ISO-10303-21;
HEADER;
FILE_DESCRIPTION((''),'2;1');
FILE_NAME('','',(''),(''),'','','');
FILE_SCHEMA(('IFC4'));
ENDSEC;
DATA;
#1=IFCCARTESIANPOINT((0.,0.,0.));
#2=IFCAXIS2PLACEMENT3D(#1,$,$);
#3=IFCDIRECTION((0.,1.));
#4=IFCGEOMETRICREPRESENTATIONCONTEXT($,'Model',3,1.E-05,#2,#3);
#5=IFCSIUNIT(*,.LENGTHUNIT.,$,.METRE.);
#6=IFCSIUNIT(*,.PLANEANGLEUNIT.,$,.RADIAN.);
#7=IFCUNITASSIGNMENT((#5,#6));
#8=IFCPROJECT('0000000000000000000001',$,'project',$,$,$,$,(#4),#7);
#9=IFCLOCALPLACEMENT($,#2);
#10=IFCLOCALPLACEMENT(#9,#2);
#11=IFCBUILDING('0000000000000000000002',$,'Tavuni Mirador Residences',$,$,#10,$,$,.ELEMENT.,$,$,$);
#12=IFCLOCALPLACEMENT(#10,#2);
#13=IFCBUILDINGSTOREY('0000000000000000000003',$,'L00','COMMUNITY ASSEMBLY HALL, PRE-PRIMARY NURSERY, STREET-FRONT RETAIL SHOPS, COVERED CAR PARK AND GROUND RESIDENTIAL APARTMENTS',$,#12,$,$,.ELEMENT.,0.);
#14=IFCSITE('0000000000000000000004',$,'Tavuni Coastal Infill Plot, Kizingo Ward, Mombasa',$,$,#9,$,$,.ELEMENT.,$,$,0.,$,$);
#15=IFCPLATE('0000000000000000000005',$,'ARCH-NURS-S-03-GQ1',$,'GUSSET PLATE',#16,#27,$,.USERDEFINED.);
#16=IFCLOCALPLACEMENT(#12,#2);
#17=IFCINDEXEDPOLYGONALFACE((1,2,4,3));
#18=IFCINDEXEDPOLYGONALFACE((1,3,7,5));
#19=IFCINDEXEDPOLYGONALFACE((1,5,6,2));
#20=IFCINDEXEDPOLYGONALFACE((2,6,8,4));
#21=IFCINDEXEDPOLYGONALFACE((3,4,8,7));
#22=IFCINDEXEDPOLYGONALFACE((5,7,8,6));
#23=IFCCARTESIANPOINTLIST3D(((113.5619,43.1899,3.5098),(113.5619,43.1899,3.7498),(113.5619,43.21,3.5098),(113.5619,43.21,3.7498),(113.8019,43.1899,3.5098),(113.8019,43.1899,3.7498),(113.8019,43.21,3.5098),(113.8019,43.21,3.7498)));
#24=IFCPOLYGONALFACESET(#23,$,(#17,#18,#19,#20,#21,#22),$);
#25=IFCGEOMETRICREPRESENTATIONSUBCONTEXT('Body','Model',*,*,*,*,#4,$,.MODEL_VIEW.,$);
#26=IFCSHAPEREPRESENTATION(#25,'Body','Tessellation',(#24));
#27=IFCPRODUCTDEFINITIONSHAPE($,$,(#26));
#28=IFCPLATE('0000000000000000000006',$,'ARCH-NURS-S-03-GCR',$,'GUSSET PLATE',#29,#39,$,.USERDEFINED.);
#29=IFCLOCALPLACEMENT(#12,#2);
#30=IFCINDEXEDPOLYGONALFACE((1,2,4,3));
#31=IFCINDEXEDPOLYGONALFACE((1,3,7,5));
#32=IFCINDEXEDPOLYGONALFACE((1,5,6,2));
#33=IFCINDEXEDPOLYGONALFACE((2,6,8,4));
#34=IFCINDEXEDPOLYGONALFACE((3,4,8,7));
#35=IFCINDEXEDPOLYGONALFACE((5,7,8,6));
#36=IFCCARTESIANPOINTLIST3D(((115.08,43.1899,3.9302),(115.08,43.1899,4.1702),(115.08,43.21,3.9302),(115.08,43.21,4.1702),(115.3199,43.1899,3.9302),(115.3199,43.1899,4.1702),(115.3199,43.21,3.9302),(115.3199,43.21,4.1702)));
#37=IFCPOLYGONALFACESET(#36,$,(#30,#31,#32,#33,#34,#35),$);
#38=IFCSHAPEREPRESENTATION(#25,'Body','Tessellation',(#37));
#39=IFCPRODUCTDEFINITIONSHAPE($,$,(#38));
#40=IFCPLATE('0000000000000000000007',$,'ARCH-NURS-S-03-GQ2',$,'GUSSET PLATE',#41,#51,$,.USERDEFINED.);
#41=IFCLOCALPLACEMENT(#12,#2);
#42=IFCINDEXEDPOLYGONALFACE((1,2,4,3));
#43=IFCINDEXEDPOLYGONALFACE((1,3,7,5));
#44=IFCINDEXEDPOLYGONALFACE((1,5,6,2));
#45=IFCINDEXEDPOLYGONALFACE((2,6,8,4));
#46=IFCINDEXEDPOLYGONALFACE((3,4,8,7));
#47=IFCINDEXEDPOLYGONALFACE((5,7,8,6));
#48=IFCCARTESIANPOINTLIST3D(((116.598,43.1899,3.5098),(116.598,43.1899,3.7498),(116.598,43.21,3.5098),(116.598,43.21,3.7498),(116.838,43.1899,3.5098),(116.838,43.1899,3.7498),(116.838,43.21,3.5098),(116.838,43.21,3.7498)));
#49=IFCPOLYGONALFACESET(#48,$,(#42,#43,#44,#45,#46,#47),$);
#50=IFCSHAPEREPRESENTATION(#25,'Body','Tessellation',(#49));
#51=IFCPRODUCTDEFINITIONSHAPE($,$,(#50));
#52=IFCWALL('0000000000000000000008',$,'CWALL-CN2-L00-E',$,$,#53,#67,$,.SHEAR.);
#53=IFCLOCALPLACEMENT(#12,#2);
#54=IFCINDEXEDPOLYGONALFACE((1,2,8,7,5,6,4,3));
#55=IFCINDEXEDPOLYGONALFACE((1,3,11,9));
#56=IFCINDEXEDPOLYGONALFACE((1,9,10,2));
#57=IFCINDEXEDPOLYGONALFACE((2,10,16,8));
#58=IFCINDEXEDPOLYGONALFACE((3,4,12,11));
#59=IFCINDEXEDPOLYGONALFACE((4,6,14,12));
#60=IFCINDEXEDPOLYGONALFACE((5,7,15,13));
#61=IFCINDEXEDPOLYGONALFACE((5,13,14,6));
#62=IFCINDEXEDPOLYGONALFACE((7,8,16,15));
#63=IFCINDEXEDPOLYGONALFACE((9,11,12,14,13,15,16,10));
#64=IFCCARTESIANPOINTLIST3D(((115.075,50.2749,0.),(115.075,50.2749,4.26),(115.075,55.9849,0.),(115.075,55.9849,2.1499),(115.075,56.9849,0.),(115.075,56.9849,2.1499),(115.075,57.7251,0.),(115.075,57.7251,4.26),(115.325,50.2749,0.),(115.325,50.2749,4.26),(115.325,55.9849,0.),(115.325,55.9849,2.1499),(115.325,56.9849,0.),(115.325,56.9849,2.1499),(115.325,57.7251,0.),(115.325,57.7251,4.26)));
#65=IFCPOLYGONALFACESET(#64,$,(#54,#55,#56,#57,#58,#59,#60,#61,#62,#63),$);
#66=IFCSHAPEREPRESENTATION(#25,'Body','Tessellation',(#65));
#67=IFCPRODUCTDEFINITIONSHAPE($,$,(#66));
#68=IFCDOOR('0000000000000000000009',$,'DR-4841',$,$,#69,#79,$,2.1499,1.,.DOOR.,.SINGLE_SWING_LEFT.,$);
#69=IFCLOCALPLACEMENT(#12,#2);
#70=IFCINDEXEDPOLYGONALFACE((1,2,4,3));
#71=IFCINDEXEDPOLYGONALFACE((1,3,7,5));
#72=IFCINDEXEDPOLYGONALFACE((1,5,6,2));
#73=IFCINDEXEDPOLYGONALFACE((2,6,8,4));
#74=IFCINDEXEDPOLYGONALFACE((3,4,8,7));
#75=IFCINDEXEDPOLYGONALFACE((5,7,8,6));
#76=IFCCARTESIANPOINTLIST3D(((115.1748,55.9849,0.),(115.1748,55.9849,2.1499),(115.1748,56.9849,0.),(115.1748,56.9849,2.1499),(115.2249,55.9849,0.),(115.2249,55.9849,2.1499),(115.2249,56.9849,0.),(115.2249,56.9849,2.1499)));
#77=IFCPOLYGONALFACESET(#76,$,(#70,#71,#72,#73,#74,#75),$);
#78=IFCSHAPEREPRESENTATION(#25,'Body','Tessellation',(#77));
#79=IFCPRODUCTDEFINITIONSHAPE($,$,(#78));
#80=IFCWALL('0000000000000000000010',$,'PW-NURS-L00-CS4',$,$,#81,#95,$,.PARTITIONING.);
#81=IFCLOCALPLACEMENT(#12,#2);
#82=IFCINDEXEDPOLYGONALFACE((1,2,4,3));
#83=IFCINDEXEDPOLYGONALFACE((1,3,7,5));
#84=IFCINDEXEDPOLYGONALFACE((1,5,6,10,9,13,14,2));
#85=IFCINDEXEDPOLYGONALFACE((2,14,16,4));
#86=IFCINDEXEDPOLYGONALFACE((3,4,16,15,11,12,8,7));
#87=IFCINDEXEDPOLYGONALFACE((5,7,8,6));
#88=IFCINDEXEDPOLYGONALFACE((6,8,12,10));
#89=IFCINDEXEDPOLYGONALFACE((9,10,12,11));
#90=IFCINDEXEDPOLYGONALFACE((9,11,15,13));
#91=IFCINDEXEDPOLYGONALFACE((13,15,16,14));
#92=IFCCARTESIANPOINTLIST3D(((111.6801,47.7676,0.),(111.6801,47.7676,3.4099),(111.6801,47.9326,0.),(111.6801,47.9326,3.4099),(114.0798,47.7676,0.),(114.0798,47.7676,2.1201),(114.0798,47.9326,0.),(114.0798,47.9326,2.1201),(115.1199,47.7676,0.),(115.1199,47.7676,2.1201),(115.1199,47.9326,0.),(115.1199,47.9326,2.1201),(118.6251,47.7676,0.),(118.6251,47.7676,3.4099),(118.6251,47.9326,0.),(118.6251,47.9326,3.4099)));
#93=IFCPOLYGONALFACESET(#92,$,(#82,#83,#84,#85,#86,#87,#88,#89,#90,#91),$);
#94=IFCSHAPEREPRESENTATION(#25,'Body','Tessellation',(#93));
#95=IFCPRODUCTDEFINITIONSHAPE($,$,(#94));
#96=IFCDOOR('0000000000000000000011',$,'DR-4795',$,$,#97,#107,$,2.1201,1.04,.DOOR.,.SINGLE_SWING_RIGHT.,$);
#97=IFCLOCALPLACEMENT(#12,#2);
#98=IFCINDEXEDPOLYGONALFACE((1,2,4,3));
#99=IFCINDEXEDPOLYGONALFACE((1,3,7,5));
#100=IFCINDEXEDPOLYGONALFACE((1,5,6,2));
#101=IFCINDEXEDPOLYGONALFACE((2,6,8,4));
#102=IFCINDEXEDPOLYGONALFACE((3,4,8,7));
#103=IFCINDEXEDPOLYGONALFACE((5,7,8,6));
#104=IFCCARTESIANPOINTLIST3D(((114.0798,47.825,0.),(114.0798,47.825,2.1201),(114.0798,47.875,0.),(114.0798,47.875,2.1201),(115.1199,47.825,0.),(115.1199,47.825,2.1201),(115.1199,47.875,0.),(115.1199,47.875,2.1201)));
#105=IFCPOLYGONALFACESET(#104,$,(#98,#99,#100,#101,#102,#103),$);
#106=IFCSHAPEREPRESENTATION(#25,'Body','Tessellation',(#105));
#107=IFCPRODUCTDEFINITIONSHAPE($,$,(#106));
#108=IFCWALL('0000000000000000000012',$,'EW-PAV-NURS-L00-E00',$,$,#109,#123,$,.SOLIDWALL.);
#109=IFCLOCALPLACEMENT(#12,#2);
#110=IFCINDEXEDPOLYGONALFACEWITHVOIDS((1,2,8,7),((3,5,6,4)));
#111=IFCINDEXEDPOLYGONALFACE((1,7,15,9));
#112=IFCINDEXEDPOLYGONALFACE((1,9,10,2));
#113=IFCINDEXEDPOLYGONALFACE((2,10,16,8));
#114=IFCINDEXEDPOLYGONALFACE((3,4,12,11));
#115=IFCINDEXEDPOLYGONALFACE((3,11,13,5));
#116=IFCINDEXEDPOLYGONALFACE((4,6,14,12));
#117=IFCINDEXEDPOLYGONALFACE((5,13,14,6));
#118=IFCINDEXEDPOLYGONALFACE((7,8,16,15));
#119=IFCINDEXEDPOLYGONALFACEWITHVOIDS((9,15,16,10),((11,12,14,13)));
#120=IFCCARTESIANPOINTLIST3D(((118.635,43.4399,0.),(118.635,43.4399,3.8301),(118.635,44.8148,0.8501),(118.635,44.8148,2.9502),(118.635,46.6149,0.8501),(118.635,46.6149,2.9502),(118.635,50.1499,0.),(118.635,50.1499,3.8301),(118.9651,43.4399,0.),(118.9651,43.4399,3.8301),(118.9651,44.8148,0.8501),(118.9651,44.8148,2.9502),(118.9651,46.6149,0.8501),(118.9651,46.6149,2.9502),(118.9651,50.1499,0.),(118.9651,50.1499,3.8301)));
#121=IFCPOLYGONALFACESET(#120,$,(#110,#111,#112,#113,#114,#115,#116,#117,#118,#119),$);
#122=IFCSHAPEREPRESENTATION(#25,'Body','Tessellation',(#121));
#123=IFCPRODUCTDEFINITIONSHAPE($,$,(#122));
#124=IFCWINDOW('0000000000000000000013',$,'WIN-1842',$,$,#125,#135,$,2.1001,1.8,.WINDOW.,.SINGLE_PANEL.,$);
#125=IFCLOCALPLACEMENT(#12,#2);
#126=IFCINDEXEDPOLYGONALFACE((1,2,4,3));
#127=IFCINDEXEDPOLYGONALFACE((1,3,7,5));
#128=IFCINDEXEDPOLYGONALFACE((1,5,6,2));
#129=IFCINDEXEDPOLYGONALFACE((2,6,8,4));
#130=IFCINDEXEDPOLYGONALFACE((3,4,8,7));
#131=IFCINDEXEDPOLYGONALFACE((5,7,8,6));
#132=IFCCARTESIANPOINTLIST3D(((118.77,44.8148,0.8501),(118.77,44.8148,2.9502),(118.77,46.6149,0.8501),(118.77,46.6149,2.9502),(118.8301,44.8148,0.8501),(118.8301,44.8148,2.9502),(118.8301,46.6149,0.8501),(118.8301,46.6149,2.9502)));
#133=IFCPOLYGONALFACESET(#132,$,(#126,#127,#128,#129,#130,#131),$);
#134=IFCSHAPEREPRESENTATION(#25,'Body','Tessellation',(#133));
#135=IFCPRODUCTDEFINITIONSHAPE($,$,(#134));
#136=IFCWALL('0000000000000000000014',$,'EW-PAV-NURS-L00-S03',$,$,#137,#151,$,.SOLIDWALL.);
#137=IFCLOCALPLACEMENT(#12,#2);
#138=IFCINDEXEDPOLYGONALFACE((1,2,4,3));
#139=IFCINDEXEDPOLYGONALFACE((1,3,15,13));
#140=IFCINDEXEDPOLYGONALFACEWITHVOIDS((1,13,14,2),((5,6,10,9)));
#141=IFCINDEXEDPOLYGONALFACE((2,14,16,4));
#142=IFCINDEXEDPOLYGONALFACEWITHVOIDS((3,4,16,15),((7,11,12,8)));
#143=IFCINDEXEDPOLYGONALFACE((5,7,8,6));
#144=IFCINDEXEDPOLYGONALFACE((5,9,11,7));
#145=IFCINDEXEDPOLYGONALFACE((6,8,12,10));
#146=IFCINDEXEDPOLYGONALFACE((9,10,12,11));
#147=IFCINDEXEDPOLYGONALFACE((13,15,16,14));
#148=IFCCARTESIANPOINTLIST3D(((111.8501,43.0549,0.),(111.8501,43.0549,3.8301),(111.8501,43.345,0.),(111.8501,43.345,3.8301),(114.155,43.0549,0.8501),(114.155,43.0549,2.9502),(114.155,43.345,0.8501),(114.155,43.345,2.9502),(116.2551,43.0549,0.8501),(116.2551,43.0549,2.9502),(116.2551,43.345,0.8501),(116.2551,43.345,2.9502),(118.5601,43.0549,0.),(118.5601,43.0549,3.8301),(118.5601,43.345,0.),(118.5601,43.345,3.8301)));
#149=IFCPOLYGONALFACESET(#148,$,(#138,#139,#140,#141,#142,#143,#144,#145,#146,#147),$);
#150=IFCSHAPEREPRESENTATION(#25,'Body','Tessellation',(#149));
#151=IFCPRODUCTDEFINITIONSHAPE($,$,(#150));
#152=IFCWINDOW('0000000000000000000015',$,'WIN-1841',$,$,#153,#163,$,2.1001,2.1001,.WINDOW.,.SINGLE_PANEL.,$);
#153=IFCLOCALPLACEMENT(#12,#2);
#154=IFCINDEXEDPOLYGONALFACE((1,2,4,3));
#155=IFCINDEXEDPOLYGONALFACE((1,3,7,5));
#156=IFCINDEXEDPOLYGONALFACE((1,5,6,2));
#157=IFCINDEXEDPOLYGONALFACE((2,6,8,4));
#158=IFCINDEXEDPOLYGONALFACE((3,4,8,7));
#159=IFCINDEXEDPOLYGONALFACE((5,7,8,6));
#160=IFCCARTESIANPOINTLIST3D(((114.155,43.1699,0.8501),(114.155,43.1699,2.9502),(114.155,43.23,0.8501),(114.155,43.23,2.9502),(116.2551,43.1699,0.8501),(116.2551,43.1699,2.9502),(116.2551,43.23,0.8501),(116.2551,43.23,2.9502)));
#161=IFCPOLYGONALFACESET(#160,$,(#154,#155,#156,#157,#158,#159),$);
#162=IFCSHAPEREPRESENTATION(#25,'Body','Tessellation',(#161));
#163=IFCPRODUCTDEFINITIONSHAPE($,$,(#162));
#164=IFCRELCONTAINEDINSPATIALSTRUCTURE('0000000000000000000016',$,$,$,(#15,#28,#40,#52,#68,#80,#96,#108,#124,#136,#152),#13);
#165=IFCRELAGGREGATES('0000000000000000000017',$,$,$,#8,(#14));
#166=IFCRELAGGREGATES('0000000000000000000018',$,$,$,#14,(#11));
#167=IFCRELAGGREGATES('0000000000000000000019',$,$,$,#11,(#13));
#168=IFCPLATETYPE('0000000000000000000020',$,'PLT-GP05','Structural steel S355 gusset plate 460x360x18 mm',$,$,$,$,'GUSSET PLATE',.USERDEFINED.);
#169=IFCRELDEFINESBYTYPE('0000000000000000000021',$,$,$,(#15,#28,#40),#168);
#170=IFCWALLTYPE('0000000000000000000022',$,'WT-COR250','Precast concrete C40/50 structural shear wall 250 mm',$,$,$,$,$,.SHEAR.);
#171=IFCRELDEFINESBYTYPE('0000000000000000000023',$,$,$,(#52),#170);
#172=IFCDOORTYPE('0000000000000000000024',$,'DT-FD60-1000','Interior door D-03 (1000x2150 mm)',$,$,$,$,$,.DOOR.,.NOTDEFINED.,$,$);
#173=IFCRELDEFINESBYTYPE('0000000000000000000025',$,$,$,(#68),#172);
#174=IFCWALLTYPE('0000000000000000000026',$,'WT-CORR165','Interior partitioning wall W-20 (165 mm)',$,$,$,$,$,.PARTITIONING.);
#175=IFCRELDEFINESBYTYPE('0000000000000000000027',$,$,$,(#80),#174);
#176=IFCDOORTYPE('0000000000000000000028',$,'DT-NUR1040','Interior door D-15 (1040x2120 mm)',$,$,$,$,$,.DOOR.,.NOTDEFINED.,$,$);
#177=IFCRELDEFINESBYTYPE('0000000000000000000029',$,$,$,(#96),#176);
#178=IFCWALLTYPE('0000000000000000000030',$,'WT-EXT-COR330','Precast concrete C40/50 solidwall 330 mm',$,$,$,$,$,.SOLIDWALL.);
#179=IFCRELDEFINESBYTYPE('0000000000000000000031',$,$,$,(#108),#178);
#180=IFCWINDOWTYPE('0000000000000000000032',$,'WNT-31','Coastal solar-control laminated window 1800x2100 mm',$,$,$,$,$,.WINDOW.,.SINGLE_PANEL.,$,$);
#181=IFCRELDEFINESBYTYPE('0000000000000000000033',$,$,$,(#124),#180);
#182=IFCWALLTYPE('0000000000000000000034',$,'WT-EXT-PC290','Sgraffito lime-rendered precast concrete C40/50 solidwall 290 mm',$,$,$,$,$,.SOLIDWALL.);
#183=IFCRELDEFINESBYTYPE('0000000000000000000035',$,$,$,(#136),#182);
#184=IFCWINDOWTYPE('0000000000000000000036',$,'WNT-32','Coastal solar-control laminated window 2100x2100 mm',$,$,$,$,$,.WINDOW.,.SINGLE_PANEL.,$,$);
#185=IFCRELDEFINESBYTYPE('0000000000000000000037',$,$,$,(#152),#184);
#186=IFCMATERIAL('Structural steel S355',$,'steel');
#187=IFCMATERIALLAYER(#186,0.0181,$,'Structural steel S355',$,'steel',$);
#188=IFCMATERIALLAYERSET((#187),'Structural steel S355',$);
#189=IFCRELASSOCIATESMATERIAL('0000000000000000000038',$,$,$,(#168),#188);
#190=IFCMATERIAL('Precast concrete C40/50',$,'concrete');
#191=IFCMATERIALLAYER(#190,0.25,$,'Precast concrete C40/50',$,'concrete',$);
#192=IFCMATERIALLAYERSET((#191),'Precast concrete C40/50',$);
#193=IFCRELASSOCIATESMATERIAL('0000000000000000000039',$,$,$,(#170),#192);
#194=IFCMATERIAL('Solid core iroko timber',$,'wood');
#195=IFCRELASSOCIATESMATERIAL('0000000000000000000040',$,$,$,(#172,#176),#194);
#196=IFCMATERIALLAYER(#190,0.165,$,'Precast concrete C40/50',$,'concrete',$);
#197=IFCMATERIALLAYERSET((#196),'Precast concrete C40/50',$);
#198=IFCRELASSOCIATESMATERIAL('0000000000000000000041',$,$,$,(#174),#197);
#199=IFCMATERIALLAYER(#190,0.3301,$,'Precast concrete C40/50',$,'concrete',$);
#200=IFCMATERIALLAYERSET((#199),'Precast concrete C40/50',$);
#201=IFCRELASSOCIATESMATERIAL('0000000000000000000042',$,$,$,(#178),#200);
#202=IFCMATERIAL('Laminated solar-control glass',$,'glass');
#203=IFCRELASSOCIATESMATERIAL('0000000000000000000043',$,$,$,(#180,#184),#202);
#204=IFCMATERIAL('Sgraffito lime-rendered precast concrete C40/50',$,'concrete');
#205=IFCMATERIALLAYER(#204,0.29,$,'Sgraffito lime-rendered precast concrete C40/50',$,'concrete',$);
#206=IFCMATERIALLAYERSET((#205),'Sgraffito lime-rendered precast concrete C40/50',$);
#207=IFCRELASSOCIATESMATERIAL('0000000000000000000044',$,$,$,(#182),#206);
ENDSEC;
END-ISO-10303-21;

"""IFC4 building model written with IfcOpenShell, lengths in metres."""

from ifc_helpers import new_model, si_unit, direction, frame, frame_2d, origin, origin_2d, place, context, subcontext, project, spatial, rectangle, extrude, material, layer, layer_set, type_object, element, fill, save


model = new_model("IFC4")

# Units and contexts
model_context = context("Model", 3, precision=1e-05, world=origin(), true_north=direction((0.0, 1.0)))
body_context = subcontext(model_context, "Body", "Model", "MODEL_VIEW")
ifc_project = project(units=[si_unit("LENGTHUNIT", "METRE"), si_unit("PLANEANGLEUNIT", "RADIAN")], contexts=[model_context])

# Site, building, storey
site_placement = place(None, origin())
site = spatial("IfcSite", under=ifc_project, at=site_placement, Name="Tavuni Coastal Infill Plot, Kizingo Ward, Mombasa", CompositionType="ELEMENT", RefElevation=0.0)
building_placement = place(site_placement, origin())
building = spatial("IfcBuilding", under=site, at=building_placement, Name="Tavuni Mirador Residences", CompositionType="ELEMENT")
storey_placement = place(building_placement, origin())
storey = spatial("IfcBuildingStorey", under=building, at=storey_placement, Name="L00", Description="COMMUNITY ASSEMBLY HALL, PRE-PRIMARY NURSERY, STREET-FRONT RETAIL SHOPS, COVERED CAR PARK AND GROUND RESIDENTIAL APARTMENTS", CompositionType="ELEMENT", Elevation=0.0)

# Shared definitions
ifc_material_1 = material(Name="Precast concrete C40/50", Category="concrete")

# Shared definitions
ifc_material_2 = material(Name="Structural steel S355", Category="steel")

# Plates
ifc_layer_1 = layer(ifc_material_2, 0.0181, Name="Structural steel S355", Category="steel")
ifc_layer_set_1 = layer_set([ifc_layer_1], Name="Structural steel S355")
plate_type = type_object("IfcPlateType", Name="PLT-GP05", Description="Structural steel S355 gusset plate 460x360x18 mm", ElementType="GUSSET PLATE", PredefinedType="USERDEFINED", material=ifc_layer_set_1)
for number, where, z_axis, x_axis, name in (
    (1, (113.6819, 43.2, 3.5098), (0.0, 0.0, 1.0), (1.0, 0.0, 0.0), "ARCH-NURS-S-03-GQ1"),
    (2, (115.2, 43.2, 3.9302), (0.0, 0.0, 1.0), (1.0, 0.0, 0.0), "ARCH-NURS-S-03-GCR"),
    (3, (116.718, 43.2, 3.5098), (0.0, 0.0, 1.0), (1.0, 0.0, 0.0), "ARCH-NURS-S-03-GQ2"),
):
    element("IfcPlate", number, at=place(storey_placement, frame(where, z_axis=z_axis, x_axis=x_axis)), inside=storey, type_object=plate_type, Name=name, ObjectType="GUSSET PLATE", PredefinedType="USERDEFINED", context=body_context, shape_type="SweptSolid", body=[
        extrude(rectangle(XDim=0.24, YDim=0.02, at=origin_2d()), origin(), (0.0, 0.0, 1.0), 0.24),
    ])

# Walls, openings, doors
ifc_layer_2 = layer(ifc_material_1, 0.25, Name="Precast concrete C40/50", Category="concrete")
ifc_layer_set_2 = layer_set([ifc_layer_2], Name="Precast concrete C40/50")
wall_type_1 = type_object("IfcWallType", Name="WT-COR250", Description="Precast concrete C40/50 structural shear wall 250 mm", PredefinedType="SHEAR", material=ifc_layer_set_2)
wall_1_placement = place(storey_placement, frame((115.2, 50.2749, 0.0), z_axis=(0.0, 0.0, 1.0), x_axis=(0.0, 1.0, 0.0)))
wall_1 = element("IfcWall", 4, at=wall_1_placement, inside=storey, type_object=wall_type_1, Name="CWALL-CN2-L00-E", PredefinedType="SHEAR", context=body_context, shape_type="SweptSolid", body=[
    extrude(rectangle(XDim=7.4502, YDim=0.25, at=frame_2d((3.7251, 0.0))), origin(), (0.0, 0.0, 1.0), 4.26),
])
opening_1_placement = place(wall_1_placement, frame((5.71, 0.0, 0.0)))
opening_1 = element("IfcOpeningElement", 5, at=opening_1_placement, cuts=wall_1, PredefinedType="OPENING", context=body_context, shape_type="SweptSolid", body=[
    extrude(rectangle(XDim=1.0, YDim=2.1499, at=frame_2d((0.5, 1.075))), frame((0.0, 0.135, 0.0), z_axis=(0.0, -1.0, 0.0), x_axis=(1.0, 0.0, 0.0)), (0.0, 0.0, 1.0), 0.27),
])
ifc_material_3 = material(Name="Solid core iroko timber", Category="wood")
door_type_1 = type_object("IfcDoorType", Name="DT-FD60-1000", Description="Interior door D-03 (1000x2150 mm)", OperationType="NOTDEFINED", PredefinedType="DOOR", material=ifc_material_3)
door_1_placement = place(opening_1_placement, frame((1.0, 0.0, 0.0), z_axis=(0.0, 0.0, 1.0), x_axis=(-1.0, 0.0, 0.0)))
door_1 = element("IfcDoor", 6, at=door_1_placement, inside=storey, type_object=door_type_1, Name="DR-4841", OperationType="SINGLE_SWING_LEFT", OverallHeight=2.1499, OverallWidth=1.0, PredefinedType="DOOR", context=body_context, shape_type="SweptSolid", body=[
    extrude(rectangle(XDim=1.0, YDim=2.1499, at=frame_2d((0.5, 1.075))), frame((0.0, 0.0249, 0.0), z_axis=(0.0, -1.0, 0.0), x_axis=(1.0, 0.0, 0.0)), (0.0, 0.0, 1.0), 0.05),
])
fill(opening_1, door_1)
ifc_layer_3 = layer(ifc_material_1, 0.165, Name="Precast concrete C40/50", Category="concrete")
ifc_layer_set_3 = layer_set([ifc_layer_3], Name="Precast concrete C40/50")
wall_type_2 = type_object("IfcWallType", Name="WT-CORR165", Description="Interior partitioning wall W-20 (165 mm)", PredefinedType="PARTITIONING", material=ifc_layer_set_3)
wall_2_placement = place(storey_placement, frame((111.6799, 47.8501, 0.0), z_axis=(0.0, 0.0, 1.0), x_axis=(1.0, 0.0, 0.0)))
wall_2 = element("IfcWall", 7, at=wall_2_placement, inside=storey, type_object=wall_type_2, Name="PW-NURS-L00-CS4", PredefinedType="PARTITIONING", context=body_context, shape_type="SweptSolid", body=[
    extrude(rectangle(XDim=6.9451, YDim=0.165, at=frame_2d((3.4727, 0.0))), origin(), (0.0, 0.0, 1.0), 3.4099),
])
opening_2_placement = place(wall_2_placement, frame((2.3999, 0.0, 0.0)))
opening_2 = element("IfcOpeningElement", 8, at=opening_2_placement, cuts=wall_2, PredefinedType="OPENING", context=body_context, shape_type="SweptSolid", body=[
    extrude(rectangle(XDim=1.04, YDim=2.1201, at=frame_2d((0.52, 1.0601))), frame((0.0, 0.0925, 0.0), z_axis=(0.0, -1.0, 0.0), x_axis=(1.0, 0.0, 0.0)), (0.0, 0.0, 1.0), 0.1851),
])
door_type_2 = type_object("IfcDoorType", Name="DT-NUR1040", Description="Interior door D-15 (1040x2120 mm)", OperationType="NOTDEFINED", PredefinedType="DOOR", material=ifc_material_3)
door_2_placement = place(opening_2_placement, origin())
door_2 = element("IfcDoor", 9, at=door_2_placement, inside=storey, type_object=door_type_2, Name="DR-4795", OperationType="SINGLE_SWING_RIGHT", OverallHeight=2.1201, OverallWidth=1.04, PredefinedType="DOOR", context=body_context, shape_type="SweptSolid", body=[
    extrude(rectangle(XDim=1.04, YDim=2.1201, at=frame_2d((0.52, 1.0601))), frame((0.0, 0.0249, 0.0), z_axis=(0.0, -1.0, 0.0), x_axis=(1.0, 0.0, 0.0)), (0.0, 0.0, 1.0), 0.05),
])
fill(opening_2, door_2)

# Walls, openings, windows
ifc_layer_4 = layer(ifc_material_1, 0.3301, Name="Precast concrete C40/50", Category="concrete")
ifc_layer_set_4 = layer_set([ifc_layer_4], Name="Precast concrete C40/50")
wall_type_3 = type_object("IfcWallType", Name="WT-EXT-COR330", Description="Precast concrete C40/50 solidwall 330 mm", PredefinedType="SOLIDWALL", material=ifc_layer_set_4)
wall_3_placement = place(storey_placement, frame((118.8, 43.4399, 0.0), z_axis=(0.0, 0.0, 1.0), x_axis=(0.0, 1.0, 0.0)))
wall_3 = element("IfcWall", 10, at=wall_3_placement, inside=storey, type_object=wall_type_3, Name="EW-PAV-NURS-L00-E00", PredefinedType="SOLIDWALL", context=body_context, shape_type="SweptSolid", body=[
    extrude(rectangle(XDim=6.71, YDim=0.3301, at=frame_2d((3.355, 0.0))), origin(), (0.0, 0.0, 1.0), 3.8301),
])
opening_3_placement = place(wall_3_placement, frame((1.375, 0.0, 0.8501)))
opening_3 = element("IfcOpeningElement", 11, at=opening_3_placement, cuts=wall_3, PredefinedType="OPENING", context=body_context, shape_type="SweptSolid", body=[
    extrude(rectangle(XDim=1.8, YDim=2.1001, at=frame_2d((0.8999, 1.05))), frame((0.0, 0.175, 0.0), z_axis=(0.0, -1.0, 0.0), x_axis=(1.0, 0.0, 0.0)), (0.0, 0.0, 1.0), 0.3501),
])
ifc_material_4 = material(Name="Laminated solar-control glass", Category="glass")
window_type_1 = type_object("IfcWindowType", Name="WNT-31", Description="Coastal solar-control laminated window 1800x2100 mm", PartitioningType="SINGLE_PANEL", PredefinedType="WINDOW", material=ifc_material_4)
window_1_placement = place(opening_3_placement, origin())
window_1 = element("IfcWindow", 12, at=window_1_placement, inside=storey, type_object=window_type_1, Name="WIN-1842", OverallHeight=2.1001, OverallWidth=1.8, PartitioningType="SINGLE_PANEL", PredefinedType="WINDOW", context=body_context, shape_type="SweptSolid", body=[
    extrude(rectangle(XDim=1.8, YDim=2.1001, at=frame_2d((0.8999, 1.05))), frame((0.0, 0.03, 0.0), z_axis=(0.0, -1.0, 0.0), x_axis=(1.0, 0.0, 0.0)), (0.0, 0.0, 1.0), 0.0601),
])
fill(opening_3, window_1)
ifc_material_5 = material(Name="Sgraffito lime-rendered precast concrete C40/50", Category="concrete")
ifc_layer_5 = layer(ifc_material_5, 0.29, Name="Sgraffito lime-rendered precast concrete C40/50", Category="concrete")
ifc_layer_set_5 = layer_set([ifc_layer_5], Name="Sgraffito lime-rendered precast concrete C40/50")
wall_type_4 = type_object("IfcWallType", Name="WT-EXT-PC290", Description="Sgraffito lime-rendered precast concrete C40/50 solidwall 290 mm", PredefinedType="SOLIDWALL", material=ifc_layer_set_5)
wall_4_placement = place(storey_placement, frame((111.8501, 43.2, 0.0), z_axis=(0.0, 0.0, 1.0), x_axis=(1.0, 0.0, 0.0)))
wall_4 = element("IfcWall", 13, at=wall_4_placement, inside=storey, type_object=wall_type_4, Name="EW-PAV-NURS-L00-S03", PredefinedType="SOLIDWALL", context=body_context, shape_type="SweptSolid", body=[
    extrude(rectangle(XDim=6.71, YDim=0.29, at=frame_2d((3.355, 0.0))), origin(), (0.0, 0.0, 1.0), 3.8301),
])
opening_4_placement = place(wall_4_placement, frame((2.3049, 0.0, 0.8501)))
opening_4 = element("IfcOpeningElement", 14, at=opening_4_placement, cuts=wall_4, PredefinedType="OPENING", context=body_context, shape_type="SweptSolid", body=[
    extrude(rectangle(XDim=2.1001, YDim=2.1001, at=frame_2d((1.05, 1.05))), frame((0.0, 0.155, 0.0), z_axis=(0.0, -1.0, 0.0), x_axis=(1.0, 0.0, 0.0)), (0.0, 0.0, 1.0), 0.3101),
])
window_type_2 = type_object("IfcWindowType", Name="WNT-32", Description="Coastal solar-control laminated window 2100x2100 mm", PartitioningType="SINGLE_PANEL", PredefinedType="WINDOW", material=ifc_material_4)
window_2_placement = place(opening_4_placement, origin())
window_2 = element("IfcWindow", 15, at=window_2_placement, inside=storey, type_object=window_type_2, Name="WIN-1841", OverallHeight=2.1001, OverallWidth=2.1001, PartitioningType="SINGLE_PANEL", PredefinedType="WINDOW", context=body_context, shape_type="SweptSolid", body=[
    extrude(rectangle(XDim=2.1001, YDim=2.1001, at=frame_2d((1.05, 1.05))), frame((0.0, 0.03, 0.0), z_axis=(0.0, -1.0, 0.0), x_axis=(1.0, 0.0, 0.0)), (0.0, 0.0, 1.0), 0.0601),
])
fill(opening_4, window_2)

save(model, "model.ifc")
